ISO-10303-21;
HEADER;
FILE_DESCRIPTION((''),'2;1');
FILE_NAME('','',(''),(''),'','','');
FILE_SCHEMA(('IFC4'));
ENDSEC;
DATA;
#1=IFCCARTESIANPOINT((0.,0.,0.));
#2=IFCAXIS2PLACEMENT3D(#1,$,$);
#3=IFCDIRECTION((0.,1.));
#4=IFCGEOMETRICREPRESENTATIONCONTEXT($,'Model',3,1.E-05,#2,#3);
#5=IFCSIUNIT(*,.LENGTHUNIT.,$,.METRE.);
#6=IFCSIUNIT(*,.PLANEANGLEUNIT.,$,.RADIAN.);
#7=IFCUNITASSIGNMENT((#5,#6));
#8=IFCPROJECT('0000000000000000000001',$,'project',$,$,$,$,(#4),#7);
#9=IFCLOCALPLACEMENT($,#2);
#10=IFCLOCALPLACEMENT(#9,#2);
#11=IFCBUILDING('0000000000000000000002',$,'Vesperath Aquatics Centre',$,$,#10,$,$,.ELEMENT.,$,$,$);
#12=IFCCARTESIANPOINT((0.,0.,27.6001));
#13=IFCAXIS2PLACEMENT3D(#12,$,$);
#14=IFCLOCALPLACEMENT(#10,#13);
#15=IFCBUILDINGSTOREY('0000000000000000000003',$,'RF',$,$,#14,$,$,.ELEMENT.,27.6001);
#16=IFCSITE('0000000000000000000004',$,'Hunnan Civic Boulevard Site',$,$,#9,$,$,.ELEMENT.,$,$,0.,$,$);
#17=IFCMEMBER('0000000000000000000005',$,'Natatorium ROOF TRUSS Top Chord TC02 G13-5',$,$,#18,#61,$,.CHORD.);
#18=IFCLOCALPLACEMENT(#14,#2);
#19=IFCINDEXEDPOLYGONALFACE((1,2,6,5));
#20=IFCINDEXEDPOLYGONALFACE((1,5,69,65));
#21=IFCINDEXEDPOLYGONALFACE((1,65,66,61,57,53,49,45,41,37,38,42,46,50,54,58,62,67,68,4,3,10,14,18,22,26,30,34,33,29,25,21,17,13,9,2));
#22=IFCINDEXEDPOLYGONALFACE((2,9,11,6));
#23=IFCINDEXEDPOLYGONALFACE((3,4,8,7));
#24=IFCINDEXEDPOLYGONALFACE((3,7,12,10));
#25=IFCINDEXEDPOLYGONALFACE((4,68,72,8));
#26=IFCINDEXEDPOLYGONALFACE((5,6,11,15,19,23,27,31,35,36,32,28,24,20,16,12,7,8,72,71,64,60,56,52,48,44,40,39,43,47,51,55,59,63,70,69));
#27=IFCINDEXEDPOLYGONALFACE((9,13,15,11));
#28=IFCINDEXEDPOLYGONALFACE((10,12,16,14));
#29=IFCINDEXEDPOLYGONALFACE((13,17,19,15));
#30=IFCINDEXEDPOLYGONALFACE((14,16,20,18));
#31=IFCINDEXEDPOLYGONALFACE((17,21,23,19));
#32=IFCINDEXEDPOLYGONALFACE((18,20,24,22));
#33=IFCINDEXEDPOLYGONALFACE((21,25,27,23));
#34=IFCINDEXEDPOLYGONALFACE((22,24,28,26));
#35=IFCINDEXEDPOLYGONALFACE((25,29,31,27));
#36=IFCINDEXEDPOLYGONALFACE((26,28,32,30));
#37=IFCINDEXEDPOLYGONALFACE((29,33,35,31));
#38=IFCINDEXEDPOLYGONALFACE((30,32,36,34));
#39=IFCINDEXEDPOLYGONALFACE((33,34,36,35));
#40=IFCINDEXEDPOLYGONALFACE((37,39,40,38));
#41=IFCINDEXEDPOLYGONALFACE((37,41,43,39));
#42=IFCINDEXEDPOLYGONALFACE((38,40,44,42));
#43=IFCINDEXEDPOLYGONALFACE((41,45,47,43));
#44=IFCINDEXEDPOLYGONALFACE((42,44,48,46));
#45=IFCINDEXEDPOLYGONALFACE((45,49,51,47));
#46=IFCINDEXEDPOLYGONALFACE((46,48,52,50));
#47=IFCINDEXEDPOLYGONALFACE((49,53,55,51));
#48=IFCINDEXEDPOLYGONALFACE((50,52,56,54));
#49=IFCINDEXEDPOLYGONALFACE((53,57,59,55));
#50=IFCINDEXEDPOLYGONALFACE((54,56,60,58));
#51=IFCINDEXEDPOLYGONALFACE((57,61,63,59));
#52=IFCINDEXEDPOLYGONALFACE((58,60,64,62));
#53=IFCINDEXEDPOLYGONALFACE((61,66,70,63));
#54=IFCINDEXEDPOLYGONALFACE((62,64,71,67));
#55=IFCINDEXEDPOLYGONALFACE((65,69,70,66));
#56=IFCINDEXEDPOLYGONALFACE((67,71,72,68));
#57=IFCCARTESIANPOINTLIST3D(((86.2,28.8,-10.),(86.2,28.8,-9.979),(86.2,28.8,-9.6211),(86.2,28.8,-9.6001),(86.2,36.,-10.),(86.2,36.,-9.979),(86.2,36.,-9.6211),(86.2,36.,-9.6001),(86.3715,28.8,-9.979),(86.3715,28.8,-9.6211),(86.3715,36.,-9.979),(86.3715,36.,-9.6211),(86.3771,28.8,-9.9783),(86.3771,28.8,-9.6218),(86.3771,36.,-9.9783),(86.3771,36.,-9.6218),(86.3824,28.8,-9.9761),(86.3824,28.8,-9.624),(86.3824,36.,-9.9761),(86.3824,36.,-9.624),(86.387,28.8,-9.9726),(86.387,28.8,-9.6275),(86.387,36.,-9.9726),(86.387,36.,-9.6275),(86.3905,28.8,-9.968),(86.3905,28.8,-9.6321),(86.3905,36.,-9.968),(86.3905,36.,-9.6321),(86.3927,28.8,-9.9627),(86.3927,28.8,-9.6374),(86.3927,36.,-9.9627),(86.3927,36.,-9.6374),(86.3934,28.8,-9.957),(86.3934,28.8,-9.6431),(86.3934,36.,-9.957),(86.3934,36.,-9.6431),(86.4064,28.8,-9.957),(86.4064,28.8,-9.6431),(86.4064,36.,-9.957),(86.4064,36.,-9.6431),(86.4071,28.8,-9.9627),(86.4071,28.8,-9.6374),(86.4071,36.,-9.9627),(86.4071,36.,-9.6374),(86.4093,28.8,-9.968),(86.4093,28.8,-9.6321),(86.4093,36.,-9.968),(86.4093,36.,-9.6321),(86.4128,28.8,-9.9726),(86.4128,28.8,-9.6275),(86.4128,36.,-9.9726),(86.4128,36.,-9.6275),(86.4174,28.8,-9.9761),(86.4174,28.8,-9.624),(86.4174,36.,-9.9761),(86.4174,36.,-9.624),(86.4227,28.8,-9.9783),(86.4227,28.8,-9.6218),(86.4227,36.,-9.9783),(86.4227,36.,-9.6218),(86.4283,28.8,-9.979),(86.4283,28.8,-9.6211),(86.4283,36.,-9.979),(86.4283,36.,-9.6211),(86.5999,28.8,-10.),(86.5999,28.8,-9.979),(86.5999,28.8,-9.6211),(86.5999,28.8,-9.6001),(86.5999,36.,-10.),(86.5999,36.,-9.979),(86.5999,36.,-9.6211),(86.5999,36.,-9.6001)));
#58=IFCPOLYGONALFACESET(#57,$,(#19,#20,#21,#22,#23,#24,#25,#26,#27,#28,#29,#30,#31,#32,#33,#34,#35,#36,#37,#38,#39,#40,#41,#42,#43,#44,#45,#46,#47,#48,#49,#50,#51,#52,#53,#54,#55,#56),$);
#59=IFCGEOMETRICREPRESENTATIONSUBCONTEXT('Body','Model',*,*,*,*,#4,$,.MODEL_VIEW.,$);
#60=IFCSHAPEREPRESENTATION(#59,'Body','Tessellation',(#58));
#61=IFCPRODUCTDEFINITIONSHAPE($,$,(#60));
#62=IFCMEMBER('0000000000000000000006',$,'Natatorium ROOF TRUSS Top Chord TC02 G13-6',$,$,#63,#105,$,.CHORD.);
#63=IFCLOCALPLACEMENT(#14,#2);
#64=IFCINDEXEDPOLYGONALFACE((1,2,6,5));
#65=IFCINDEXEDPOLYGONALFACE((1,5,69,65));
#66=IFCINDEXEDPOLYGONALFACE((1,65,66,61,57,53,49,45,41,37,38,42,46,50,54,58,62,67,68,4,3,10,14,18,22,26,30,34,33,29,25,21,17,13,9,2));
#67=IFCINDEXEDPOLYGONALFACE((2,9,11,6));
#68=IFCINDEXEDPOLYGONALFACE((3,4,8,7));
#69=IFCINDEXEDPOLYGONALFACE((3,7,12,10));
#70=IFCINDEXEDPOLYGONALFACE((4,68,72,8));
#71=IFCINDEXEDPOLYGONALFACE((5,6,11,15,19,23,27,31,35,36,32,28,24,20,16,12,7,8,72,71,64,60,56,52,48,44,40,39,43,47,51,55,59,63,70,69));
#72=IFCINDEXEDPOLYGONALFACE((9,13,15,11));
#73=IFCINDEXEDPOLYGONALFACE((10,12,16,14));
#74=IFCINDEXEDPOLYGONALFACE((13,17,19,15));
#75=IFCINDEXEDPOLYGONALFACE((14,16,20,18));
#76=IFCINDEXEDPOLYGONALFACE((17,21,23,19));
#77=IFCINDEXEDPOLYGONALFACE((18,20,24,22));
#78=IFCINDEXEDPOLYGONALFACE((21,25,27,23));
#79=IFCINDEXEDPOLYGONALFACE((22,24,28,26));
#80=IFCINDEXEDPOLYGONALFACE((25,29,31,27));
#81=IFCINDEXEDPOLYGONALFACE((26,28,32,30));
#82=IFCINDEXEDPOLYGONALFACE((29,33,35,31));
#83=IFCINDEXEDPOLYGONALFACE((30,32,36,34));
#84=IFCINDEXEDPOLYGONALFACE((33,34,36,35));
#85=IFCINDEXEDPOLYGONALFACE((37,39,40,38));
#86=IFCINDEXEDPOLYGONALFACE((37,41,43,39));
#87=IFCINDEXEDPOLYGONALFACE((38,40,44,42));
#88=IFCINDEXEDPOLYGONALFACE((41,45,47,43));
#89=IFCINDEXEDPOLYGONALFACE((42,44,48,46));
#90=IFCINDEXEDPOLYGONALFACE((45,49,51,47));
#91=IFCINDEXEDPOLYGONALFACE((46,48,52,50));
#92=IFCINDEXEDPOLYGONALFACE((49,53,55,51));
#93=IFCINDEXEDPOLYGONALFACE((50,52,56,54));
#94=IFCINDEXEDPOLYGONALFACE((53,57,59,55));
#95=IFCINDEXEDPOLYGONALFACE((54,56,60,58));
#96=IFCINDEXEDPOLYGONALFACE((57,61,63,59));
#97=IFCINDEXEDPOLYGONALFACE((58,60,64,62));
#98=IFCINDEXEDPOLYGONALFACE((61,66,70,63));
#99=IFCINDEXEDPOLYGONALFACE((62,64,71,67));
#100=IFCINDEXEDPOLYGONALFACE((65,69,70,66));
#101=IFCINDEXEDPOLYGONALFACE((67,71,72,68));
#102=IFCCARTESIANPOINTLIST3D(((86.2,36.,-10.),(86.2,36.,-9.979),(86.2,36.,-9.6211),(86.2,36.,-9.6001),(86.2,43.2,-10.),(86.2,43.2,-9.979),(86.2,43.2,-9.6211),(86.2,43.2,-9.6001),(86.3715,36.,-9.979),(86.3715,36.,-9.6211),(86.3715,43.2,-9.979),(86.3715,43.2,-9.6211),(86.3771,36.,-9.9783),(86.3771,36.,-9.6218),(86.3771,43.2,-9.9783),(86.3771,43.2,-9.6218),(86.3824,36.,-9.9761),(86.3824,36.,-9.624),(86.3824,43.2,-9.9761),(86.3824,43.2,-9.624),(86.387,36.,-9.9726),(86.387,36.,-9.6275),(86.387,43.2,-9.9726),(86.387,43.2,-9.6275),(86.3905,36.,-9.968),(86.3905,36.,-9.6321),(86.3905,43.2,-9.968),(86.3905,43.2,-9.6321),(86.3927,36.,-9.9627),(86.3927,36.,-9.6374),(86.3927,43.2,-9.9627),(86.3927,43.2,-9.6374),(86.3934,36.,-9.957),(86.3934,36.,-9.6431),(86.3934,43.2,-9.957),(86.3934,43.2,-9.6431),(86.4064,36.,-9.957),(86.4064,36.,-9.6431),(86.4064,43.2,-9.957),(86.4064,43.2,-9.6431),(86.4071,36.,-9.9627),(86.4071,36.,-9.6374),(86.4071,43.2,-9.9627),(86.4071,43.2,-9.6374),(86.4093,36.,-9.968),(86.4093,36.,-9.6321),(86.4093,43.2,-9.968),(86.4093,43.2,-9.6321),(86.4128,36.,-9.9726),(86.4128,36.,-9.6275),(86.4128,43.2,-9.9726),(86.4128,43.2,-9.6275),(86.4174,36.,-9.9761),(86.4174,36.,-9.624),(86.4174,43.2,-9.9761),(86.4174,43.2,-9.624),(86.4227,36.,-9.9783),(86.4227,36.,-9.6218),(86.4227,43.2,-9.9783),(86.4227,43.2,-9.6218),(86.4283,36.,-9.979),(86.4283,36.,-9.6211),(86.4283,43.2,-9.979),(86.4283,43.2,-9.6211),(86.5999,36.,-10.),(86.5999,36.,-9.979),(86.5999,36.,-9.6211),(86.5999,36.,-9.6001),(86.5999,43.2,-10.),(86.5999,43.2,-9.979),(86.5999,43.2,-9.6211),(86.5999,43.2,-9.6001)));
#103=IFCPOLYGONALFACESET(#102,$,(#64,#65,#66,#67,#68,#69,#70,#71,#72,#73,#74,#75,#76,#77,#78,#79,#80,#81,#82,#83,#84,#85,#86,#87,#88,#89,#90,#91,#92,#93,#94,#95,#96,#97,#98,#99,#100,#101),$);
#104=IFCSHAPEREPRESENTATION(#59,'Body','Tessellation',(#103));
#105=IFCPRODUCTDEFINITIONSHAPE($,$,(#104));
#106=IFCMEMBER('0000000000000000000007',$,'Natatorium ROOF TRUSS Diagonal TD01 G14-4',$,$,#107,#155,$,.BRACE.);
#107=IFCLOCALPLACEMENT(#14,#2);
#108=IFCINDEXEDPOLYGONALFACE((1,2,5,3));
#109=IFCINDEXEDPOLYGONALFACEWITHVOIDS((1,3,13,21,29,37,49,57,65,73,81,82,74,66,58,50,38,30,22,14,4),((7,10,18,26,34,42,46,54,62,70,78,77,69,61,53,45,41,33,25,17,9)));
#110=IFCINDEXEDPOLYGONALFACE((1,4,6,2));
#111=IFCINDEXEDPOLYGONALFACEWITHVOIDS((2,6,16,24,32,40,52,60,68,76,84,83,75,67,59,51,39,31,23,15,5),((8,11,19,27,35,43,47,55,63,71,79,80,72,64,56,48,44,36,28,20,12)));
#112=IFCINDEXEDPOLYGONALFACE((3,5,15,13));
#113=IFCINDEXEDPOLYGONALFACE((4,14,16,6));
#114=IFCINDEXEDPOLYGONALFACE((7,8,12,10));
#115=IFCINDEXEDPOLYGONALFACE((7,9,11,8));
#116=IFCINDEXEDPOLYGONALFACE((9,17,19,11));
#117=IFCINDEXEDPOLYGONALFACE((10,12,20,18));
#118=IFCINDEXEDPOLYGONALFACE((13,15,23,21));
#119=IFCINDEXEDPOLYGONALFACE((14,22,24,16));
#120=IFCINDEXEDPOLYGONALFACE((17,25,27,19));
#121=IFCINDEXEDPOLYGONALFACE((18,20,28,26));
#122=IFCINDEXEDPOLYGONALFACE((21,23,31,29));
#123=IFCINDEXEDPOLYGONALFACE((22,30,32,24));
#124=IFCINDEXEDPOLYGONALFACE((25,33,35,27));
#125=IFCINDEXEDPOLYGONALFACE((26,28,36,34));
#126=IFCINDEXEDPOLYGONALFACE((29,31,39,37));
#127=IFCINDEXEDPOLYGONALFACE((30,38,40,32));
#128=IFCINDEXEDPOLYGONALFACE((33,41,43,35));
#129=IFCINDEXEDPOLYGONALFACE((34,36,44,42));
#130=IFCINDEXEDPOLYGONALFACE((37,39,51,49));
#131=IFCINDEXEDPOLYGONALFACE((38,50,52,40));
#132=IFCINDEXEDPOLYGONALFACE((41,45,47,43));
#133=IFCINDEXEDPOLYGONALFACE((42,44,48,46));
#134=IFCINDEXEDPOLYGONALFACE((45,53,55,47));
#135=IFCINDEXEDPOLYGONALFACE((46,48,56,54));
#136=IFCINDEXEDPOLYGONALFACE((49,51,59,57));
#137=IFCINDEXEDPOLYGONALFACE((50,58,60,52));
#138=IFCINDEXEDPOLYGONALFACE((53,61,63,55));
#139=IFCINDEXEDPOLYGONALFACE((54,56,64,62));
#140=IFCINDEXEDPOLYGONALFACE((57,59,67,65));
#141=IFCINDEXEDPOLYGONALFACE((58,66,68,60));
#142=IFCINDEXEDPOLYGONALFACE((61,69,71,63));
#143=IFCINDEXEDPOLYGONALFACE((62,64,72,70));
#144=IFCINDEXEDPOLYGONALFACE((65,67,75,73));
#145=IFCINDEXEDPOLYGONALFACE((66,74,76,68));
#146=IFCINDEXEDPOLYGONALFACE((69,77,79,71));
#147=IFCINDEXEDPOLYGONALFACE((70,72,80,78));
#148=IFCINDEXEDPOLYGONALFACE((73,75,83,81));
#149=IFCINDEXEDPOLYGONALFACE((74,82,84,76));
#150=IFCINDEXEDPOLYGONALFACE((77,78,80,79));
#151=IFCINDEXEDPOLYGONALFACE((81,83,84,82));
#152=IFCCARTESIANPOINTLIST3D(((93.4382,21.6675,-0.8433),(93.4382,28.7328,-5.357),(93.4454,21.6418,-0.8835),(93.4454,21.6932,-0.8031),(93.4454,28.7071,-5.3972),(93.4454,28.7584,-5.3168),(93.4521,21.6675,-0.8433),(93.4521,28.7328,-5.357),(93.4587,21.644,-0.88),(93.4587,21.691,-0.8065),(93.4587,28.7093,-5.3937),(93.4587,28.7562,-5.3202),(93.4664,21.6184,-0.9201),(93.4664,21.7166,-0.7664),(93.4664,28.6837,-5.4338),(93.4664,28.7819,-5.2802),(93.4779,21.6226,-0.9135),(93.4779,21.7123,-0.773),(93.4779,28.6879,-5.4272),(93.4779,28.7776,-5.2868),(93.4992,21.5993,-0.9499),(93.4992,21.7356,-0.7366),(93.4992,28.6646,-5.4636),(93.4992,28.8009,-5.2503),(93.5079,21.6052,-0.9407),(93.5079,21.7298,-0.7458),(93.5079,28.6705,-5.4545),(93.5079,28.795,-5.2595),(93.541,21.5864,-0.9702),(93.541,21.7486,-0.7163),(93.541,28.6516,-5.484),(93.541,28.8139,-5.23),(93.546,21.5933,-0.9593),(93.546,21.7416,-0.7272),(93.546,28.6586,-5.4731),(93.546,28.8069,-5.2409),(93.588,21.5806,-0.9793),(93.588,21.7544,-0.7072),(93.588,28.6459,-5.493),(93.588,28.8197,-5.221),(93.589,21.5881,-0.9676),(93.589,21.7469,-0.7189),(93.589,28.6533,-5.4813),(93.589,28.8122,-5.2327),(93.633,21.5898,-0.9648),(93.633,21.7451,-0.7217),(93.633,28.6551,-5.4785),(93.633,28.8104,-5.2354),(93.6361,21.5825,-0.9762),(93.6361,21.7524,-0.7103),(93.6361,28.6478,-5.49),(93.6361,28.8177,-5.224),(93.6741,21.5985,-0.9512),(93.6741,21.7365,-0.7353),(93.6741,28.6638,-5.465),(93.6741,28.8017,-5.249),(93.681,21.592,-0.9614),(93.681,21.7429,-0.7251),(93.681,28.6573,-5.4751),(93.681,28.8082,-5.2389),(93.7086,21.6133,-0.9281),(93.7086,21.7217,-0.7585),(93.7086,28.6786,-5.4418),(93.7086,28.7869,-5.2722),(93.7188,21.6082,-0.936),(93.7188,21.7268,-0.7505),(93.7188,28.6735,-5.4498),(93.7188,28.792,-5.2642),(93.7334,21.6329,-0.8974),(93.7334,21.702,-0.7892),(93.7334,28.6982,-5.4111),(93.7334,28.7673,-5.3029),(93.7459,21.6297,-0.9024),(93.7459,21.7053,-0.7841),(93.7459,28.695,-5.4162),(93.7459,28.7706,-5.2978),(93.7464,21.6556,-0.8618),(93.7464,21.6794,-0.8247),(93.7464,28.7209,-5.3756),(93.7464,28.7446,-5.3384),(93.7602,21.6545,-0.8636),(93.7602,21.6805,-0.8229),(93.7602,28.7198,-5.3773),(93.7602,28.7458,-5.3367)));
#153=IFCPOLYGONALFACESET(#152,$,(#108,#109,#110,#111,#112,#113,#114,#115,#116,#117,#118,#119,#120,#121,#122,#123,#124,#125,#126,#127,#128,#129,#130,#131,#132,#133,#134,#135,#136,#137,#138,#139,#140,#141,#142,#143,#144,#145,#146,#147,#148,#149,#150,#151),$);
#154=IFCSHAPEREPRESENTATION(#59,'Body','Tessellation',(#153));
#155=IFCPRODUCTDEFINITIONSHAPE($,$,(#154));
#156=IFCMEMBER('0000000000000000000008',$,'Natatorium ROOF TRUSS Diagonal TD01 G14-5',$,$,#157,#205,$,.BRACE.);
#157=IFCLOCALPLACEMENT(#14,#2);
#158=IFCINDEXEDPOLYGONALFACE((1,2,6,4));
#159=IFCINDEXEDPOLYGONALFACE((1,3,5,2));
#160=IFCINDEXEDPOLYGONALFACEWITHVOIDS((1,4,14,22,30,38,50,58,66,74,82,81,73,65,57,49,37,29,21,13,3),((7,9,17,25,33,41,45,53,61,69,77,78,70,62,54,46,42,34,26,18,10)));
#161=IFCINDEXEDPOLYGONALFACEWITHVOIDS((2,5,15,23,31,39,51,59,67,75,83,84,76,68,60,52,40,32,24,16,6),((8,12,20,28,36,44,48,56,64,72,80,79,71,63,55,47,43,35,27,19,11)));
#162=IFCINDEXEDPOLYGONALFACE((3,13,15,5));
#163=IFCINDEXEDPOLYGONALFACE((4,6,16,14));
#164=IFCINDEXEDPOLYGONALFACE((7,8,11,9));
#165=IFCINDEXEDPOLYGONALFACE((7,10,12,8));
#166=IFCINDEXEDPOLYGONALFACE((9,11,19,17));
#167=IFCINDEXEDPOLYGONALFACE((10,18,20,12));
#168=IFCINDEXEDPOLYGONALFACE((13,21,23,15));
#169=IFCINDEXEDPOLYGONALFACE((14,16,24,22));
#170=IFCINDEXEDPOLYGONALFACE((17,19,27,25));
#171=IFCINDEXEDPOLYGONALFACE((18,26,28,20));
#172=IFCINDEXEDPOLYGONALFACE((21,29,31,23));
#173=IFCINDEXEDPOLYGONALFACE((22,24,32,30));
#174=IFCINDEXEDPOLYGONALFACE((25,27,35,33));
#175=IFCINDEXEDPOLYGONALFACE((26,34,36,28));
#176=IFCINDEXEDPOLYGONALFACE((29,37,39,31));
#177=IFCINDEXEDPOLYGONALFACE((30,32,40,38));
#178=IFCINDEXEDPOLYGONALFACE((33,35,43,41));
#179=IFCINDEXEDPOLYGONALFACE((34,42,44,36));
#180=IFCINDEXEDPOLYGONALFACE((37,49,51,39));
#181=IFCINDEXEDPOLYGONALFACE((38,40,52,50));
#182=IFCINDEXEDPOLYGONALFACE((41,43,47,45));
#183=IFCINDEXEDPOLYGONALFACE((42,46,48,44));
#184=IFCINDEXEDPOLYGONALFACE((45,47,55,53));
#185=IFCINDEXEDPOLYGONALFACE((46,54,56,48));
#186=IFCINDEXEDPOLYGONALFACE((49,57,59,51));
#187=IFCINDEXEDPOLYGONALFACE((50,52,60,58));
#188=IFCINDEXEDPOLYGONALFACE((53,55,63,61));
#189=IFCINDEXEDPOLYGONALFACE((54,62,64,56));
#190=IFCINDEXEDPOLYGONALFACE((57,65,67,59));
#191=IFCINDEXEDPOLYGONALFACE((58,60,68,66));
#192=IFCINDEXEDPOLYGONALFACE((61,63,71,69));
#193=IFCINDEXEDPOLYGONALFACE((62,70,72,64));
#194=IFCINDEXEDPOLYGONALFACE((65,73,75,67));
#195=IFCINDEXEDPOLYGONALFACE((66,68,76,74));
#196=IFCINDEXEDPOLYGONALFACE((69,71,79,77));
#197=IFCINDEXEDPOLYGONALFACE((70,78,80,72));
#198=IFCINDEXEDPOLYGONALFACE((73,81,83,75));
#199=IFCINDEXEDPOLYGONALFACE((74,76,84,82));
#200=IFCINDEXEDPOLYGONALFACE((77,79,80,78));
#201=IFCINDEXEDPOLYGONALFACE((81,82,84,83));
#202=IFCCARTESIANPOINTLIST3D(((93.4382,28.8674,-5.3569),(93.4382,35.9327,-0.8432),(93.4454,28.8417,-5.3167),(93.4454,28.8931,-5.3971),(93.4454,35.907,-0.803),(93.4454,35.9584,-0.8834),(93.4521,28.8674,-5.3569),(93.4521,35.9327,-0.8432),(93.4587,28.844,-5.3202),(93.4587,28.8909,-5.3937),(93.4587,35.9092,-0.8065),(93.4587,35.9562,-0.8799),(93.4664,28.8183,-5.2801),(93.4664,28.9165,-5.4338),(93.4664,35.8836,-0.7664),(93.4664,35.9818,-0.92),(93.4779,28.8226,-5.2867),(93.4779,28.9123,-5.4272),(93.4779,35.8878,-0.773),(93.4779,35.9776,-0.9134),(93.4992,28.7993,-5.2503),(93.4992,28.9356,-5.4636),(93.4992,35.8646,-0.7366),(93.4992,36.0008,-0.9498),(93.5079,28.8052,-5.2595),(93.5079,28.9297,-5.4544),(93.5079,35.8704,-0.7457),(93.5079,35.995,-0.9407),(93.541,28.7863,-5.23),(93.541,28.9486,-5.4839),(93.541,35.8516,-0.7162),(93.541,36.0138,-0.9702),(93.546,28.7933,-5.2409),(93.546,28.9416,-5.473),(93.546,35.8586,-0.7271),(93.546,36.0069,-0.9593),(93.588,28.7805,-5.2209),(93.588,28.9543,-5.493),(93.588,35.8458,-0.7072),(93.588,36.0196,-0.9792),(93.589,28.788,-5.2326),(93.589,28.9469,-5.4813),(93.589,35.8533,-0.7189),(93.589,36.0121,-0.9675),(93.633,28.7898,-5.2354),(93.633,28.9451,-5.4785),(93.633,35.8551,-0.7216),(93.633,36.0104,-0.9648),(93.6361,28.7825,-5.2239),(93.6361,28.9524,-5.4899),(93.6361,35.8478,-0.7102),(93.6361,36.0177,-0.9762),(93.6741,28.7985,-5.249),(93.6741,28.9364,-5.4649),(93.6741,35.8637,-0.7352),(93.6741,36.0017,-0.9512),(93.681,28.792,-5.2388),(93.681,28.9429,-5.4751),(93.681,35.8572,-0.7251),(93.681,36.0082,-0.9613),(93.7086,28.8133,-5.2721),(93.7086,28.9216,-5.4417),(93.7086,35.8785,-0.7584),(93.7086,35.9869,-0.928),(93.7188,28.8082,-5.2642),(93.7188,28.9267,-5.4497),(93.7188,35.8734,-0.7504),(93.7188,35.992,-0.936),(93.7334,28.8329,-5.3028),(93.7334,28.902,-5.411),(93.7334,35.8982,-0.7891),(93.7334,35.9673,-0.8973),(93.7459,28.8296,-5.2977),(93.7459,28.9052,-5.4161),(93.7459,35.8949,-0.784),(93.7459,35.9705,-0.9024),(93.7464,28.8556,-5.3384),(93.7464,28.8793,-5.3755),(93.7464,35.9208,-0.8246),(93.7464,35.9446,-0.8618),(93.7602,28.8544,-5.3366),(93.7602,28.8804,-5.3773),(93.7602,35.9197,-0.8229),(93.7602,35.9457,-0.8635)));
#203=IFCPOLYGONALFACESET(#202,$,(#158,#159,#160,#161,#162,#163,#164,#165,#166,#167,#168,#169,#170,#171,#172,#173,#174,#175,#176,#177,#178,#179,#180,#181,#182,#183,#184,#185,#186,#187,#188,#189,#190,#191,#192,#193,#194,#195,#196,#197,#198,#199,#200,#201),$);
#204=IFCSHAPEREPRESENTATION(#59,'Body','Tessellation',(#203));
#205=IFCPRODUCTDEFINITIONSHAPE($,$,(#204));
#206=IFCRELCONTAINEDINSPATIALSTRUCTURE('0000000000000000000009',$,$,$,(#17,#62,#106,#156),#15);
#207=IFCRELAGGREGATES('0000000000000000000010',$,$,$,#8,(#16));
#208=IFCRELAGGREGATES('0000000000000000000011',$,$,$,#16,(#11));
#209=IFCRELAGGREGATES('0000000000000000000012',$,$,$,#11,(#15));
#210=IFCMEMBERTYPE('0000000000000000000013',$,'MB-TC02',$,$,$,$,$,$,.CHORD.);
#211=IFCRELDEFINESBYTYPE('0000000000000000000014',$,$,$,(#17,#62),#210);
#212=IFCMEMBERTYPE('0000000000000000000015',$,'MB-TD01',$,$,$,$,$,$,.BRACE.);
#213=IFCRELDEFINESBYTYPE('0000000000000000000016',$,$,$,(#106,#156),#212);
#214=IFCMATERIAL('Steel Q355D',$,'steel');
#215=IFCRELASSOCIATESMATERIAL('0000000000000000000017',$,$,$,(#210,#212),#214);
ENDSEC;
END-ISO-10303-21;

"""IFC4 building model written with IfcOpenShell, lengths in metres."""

from ifc_helpers import new_model, si_unit, direction, frame, origin, origin_2d, place, context, subcontext, project, spatial, hollow_circle, i_section, extrude, material, material_profile, profile_set, type_object, element, save


model = new_model("IFC4")

# Units and contexts
model_context = context("Model", 3, precision=1e-05, world=origin(), true_north=direction((0.0, 1.0)))
body_context = subcontext(model_context, "Body", "Model", "MODEL_VIEW")
ifc_project = project(units=[si_unit("LENGTHUNIT", "METRE"), si_unit("PLANEANGLEUNIT", "RADIAN")], contexts=[model_context])

# Site, building, storey
site_placement = place(None, origin())
site = spatial("IfcSite", under=ifc_project, at=site_placement, Name="Hunnan Civic Boulevard Site", CompositionType="ELEMENT", RefElevation=0.0)
building_placement = place(site_placement, origin())
building = spatial("IfcBuilding", under=site, at=building_placement, Name="Vesperath Aquatics Centre", CompositionType="ELEMENT")
storey_placement = place(building_placement, frame((0.0, 0.0, 27.6001)))
storey = spatial("IfcBuildingStorey", under=building, at=storey_placement, Name="RF", CompositionType="ELEMENT", Elevation=27.6001)

# Members
ifc_material_1 = material(Name="Steel Q355D", Category="steel")
ifc_material_profile_1 = material_profile(ifc_material_1, i_section(OverallWidth=0.3999, OverallDepth=0.3999, WebThickness=0.0129, FlangeThickness=0.021, FilletRadius=0.022, at=origin_2d()), Name="HW 400x400x13x21")
ifc_profile_set_1 = profile_set([ifc_material_profile_1], Name="Steel Q355D")
member_type_1 = type_object("IfcMemberType", Name="MB-TC02", PredefinedType="CHORD", material=ifc_profile_set_1)
for number, where, z_axis, x_axis, name in (
    (1, (86.3999, 28.8, -9.8), (0.0, 1.0, 0.0), (-1.0, 0.0, 0.0), "Natatorium ROOF TRUSS Top Chord TC02 G13-5"),
    (2, (86.3999, 36.0, -9.8), (0.0, 1.0, 0.0), (-1.0, 0.0, 0.0), "Natatorium ROOF TRUSS Top Chord TC02 G13-6"),
):
    element("IfcMember", number, at=place(storey_placement, frame(where, z_axis=z_axis, x_axis=x_axis)), inside=storey, type_object=member_type_1, Name=name, PredefinedType="CHORD", context=body_context, shape_type="SweptSolid", body=[
        extrude(i_section(OverallWidth=0.3999, OverallDepth=0.3999, WebThickness=0.0129, FlangeThickness=0.021, FilletRadius=0.022, at=origin_2d()), origin(), (0.0, 0.0, 1.0), 7.2),
    ])
ifc_material_profile_2 = material_profile(ifc_material_1, hollow_circle(Radius=0.1619, WallThickness=0.0139, at=origin_2d()), Name="CHS 323.9x14")
ifc_profile_set_2 = profile_set([ifc_material_profile_2], Name="Steel Q355D")
member_type_2 = type_object("IfcMemberType", Name="MB-TD01", PredefinedType="BRACE", material=ifc_profile_set_2)
for number, where, z_axis, x_axis, name in (
    (3, (93.6001, 21.6675, -0.8433), (0.0, 0.842707, -0.538373), (-1.0, 0.0, 0.0), "Natatorium ROOF TRUSS Diagonal TD01 G14-4"),
    (4, (93.6001, 28.8674, -5.3569), (0.0, 0.842707, 0.538373), (-1.0, 0.0, 0.0), "Natatorium ROOF TRUSS Diagonal TD01 G14-5"),
):
    element("IfcMember", number, at=place(storey_placement, frame(where, z_axis=z_axis, x_axis=x_axis)), inside=storey, type_object=member_type_2, Name=name, PredefinedType="BRACE", context=body_context, shape_type="SweptSolid", body=[
        extrude(hollow_circle(Radius=0.1619, WallThickness=0.0139, at=origin_2d()), origin(), (0.0, 0.0, 1.0), 8.384),
    ])

save(model, "model.ifc")
